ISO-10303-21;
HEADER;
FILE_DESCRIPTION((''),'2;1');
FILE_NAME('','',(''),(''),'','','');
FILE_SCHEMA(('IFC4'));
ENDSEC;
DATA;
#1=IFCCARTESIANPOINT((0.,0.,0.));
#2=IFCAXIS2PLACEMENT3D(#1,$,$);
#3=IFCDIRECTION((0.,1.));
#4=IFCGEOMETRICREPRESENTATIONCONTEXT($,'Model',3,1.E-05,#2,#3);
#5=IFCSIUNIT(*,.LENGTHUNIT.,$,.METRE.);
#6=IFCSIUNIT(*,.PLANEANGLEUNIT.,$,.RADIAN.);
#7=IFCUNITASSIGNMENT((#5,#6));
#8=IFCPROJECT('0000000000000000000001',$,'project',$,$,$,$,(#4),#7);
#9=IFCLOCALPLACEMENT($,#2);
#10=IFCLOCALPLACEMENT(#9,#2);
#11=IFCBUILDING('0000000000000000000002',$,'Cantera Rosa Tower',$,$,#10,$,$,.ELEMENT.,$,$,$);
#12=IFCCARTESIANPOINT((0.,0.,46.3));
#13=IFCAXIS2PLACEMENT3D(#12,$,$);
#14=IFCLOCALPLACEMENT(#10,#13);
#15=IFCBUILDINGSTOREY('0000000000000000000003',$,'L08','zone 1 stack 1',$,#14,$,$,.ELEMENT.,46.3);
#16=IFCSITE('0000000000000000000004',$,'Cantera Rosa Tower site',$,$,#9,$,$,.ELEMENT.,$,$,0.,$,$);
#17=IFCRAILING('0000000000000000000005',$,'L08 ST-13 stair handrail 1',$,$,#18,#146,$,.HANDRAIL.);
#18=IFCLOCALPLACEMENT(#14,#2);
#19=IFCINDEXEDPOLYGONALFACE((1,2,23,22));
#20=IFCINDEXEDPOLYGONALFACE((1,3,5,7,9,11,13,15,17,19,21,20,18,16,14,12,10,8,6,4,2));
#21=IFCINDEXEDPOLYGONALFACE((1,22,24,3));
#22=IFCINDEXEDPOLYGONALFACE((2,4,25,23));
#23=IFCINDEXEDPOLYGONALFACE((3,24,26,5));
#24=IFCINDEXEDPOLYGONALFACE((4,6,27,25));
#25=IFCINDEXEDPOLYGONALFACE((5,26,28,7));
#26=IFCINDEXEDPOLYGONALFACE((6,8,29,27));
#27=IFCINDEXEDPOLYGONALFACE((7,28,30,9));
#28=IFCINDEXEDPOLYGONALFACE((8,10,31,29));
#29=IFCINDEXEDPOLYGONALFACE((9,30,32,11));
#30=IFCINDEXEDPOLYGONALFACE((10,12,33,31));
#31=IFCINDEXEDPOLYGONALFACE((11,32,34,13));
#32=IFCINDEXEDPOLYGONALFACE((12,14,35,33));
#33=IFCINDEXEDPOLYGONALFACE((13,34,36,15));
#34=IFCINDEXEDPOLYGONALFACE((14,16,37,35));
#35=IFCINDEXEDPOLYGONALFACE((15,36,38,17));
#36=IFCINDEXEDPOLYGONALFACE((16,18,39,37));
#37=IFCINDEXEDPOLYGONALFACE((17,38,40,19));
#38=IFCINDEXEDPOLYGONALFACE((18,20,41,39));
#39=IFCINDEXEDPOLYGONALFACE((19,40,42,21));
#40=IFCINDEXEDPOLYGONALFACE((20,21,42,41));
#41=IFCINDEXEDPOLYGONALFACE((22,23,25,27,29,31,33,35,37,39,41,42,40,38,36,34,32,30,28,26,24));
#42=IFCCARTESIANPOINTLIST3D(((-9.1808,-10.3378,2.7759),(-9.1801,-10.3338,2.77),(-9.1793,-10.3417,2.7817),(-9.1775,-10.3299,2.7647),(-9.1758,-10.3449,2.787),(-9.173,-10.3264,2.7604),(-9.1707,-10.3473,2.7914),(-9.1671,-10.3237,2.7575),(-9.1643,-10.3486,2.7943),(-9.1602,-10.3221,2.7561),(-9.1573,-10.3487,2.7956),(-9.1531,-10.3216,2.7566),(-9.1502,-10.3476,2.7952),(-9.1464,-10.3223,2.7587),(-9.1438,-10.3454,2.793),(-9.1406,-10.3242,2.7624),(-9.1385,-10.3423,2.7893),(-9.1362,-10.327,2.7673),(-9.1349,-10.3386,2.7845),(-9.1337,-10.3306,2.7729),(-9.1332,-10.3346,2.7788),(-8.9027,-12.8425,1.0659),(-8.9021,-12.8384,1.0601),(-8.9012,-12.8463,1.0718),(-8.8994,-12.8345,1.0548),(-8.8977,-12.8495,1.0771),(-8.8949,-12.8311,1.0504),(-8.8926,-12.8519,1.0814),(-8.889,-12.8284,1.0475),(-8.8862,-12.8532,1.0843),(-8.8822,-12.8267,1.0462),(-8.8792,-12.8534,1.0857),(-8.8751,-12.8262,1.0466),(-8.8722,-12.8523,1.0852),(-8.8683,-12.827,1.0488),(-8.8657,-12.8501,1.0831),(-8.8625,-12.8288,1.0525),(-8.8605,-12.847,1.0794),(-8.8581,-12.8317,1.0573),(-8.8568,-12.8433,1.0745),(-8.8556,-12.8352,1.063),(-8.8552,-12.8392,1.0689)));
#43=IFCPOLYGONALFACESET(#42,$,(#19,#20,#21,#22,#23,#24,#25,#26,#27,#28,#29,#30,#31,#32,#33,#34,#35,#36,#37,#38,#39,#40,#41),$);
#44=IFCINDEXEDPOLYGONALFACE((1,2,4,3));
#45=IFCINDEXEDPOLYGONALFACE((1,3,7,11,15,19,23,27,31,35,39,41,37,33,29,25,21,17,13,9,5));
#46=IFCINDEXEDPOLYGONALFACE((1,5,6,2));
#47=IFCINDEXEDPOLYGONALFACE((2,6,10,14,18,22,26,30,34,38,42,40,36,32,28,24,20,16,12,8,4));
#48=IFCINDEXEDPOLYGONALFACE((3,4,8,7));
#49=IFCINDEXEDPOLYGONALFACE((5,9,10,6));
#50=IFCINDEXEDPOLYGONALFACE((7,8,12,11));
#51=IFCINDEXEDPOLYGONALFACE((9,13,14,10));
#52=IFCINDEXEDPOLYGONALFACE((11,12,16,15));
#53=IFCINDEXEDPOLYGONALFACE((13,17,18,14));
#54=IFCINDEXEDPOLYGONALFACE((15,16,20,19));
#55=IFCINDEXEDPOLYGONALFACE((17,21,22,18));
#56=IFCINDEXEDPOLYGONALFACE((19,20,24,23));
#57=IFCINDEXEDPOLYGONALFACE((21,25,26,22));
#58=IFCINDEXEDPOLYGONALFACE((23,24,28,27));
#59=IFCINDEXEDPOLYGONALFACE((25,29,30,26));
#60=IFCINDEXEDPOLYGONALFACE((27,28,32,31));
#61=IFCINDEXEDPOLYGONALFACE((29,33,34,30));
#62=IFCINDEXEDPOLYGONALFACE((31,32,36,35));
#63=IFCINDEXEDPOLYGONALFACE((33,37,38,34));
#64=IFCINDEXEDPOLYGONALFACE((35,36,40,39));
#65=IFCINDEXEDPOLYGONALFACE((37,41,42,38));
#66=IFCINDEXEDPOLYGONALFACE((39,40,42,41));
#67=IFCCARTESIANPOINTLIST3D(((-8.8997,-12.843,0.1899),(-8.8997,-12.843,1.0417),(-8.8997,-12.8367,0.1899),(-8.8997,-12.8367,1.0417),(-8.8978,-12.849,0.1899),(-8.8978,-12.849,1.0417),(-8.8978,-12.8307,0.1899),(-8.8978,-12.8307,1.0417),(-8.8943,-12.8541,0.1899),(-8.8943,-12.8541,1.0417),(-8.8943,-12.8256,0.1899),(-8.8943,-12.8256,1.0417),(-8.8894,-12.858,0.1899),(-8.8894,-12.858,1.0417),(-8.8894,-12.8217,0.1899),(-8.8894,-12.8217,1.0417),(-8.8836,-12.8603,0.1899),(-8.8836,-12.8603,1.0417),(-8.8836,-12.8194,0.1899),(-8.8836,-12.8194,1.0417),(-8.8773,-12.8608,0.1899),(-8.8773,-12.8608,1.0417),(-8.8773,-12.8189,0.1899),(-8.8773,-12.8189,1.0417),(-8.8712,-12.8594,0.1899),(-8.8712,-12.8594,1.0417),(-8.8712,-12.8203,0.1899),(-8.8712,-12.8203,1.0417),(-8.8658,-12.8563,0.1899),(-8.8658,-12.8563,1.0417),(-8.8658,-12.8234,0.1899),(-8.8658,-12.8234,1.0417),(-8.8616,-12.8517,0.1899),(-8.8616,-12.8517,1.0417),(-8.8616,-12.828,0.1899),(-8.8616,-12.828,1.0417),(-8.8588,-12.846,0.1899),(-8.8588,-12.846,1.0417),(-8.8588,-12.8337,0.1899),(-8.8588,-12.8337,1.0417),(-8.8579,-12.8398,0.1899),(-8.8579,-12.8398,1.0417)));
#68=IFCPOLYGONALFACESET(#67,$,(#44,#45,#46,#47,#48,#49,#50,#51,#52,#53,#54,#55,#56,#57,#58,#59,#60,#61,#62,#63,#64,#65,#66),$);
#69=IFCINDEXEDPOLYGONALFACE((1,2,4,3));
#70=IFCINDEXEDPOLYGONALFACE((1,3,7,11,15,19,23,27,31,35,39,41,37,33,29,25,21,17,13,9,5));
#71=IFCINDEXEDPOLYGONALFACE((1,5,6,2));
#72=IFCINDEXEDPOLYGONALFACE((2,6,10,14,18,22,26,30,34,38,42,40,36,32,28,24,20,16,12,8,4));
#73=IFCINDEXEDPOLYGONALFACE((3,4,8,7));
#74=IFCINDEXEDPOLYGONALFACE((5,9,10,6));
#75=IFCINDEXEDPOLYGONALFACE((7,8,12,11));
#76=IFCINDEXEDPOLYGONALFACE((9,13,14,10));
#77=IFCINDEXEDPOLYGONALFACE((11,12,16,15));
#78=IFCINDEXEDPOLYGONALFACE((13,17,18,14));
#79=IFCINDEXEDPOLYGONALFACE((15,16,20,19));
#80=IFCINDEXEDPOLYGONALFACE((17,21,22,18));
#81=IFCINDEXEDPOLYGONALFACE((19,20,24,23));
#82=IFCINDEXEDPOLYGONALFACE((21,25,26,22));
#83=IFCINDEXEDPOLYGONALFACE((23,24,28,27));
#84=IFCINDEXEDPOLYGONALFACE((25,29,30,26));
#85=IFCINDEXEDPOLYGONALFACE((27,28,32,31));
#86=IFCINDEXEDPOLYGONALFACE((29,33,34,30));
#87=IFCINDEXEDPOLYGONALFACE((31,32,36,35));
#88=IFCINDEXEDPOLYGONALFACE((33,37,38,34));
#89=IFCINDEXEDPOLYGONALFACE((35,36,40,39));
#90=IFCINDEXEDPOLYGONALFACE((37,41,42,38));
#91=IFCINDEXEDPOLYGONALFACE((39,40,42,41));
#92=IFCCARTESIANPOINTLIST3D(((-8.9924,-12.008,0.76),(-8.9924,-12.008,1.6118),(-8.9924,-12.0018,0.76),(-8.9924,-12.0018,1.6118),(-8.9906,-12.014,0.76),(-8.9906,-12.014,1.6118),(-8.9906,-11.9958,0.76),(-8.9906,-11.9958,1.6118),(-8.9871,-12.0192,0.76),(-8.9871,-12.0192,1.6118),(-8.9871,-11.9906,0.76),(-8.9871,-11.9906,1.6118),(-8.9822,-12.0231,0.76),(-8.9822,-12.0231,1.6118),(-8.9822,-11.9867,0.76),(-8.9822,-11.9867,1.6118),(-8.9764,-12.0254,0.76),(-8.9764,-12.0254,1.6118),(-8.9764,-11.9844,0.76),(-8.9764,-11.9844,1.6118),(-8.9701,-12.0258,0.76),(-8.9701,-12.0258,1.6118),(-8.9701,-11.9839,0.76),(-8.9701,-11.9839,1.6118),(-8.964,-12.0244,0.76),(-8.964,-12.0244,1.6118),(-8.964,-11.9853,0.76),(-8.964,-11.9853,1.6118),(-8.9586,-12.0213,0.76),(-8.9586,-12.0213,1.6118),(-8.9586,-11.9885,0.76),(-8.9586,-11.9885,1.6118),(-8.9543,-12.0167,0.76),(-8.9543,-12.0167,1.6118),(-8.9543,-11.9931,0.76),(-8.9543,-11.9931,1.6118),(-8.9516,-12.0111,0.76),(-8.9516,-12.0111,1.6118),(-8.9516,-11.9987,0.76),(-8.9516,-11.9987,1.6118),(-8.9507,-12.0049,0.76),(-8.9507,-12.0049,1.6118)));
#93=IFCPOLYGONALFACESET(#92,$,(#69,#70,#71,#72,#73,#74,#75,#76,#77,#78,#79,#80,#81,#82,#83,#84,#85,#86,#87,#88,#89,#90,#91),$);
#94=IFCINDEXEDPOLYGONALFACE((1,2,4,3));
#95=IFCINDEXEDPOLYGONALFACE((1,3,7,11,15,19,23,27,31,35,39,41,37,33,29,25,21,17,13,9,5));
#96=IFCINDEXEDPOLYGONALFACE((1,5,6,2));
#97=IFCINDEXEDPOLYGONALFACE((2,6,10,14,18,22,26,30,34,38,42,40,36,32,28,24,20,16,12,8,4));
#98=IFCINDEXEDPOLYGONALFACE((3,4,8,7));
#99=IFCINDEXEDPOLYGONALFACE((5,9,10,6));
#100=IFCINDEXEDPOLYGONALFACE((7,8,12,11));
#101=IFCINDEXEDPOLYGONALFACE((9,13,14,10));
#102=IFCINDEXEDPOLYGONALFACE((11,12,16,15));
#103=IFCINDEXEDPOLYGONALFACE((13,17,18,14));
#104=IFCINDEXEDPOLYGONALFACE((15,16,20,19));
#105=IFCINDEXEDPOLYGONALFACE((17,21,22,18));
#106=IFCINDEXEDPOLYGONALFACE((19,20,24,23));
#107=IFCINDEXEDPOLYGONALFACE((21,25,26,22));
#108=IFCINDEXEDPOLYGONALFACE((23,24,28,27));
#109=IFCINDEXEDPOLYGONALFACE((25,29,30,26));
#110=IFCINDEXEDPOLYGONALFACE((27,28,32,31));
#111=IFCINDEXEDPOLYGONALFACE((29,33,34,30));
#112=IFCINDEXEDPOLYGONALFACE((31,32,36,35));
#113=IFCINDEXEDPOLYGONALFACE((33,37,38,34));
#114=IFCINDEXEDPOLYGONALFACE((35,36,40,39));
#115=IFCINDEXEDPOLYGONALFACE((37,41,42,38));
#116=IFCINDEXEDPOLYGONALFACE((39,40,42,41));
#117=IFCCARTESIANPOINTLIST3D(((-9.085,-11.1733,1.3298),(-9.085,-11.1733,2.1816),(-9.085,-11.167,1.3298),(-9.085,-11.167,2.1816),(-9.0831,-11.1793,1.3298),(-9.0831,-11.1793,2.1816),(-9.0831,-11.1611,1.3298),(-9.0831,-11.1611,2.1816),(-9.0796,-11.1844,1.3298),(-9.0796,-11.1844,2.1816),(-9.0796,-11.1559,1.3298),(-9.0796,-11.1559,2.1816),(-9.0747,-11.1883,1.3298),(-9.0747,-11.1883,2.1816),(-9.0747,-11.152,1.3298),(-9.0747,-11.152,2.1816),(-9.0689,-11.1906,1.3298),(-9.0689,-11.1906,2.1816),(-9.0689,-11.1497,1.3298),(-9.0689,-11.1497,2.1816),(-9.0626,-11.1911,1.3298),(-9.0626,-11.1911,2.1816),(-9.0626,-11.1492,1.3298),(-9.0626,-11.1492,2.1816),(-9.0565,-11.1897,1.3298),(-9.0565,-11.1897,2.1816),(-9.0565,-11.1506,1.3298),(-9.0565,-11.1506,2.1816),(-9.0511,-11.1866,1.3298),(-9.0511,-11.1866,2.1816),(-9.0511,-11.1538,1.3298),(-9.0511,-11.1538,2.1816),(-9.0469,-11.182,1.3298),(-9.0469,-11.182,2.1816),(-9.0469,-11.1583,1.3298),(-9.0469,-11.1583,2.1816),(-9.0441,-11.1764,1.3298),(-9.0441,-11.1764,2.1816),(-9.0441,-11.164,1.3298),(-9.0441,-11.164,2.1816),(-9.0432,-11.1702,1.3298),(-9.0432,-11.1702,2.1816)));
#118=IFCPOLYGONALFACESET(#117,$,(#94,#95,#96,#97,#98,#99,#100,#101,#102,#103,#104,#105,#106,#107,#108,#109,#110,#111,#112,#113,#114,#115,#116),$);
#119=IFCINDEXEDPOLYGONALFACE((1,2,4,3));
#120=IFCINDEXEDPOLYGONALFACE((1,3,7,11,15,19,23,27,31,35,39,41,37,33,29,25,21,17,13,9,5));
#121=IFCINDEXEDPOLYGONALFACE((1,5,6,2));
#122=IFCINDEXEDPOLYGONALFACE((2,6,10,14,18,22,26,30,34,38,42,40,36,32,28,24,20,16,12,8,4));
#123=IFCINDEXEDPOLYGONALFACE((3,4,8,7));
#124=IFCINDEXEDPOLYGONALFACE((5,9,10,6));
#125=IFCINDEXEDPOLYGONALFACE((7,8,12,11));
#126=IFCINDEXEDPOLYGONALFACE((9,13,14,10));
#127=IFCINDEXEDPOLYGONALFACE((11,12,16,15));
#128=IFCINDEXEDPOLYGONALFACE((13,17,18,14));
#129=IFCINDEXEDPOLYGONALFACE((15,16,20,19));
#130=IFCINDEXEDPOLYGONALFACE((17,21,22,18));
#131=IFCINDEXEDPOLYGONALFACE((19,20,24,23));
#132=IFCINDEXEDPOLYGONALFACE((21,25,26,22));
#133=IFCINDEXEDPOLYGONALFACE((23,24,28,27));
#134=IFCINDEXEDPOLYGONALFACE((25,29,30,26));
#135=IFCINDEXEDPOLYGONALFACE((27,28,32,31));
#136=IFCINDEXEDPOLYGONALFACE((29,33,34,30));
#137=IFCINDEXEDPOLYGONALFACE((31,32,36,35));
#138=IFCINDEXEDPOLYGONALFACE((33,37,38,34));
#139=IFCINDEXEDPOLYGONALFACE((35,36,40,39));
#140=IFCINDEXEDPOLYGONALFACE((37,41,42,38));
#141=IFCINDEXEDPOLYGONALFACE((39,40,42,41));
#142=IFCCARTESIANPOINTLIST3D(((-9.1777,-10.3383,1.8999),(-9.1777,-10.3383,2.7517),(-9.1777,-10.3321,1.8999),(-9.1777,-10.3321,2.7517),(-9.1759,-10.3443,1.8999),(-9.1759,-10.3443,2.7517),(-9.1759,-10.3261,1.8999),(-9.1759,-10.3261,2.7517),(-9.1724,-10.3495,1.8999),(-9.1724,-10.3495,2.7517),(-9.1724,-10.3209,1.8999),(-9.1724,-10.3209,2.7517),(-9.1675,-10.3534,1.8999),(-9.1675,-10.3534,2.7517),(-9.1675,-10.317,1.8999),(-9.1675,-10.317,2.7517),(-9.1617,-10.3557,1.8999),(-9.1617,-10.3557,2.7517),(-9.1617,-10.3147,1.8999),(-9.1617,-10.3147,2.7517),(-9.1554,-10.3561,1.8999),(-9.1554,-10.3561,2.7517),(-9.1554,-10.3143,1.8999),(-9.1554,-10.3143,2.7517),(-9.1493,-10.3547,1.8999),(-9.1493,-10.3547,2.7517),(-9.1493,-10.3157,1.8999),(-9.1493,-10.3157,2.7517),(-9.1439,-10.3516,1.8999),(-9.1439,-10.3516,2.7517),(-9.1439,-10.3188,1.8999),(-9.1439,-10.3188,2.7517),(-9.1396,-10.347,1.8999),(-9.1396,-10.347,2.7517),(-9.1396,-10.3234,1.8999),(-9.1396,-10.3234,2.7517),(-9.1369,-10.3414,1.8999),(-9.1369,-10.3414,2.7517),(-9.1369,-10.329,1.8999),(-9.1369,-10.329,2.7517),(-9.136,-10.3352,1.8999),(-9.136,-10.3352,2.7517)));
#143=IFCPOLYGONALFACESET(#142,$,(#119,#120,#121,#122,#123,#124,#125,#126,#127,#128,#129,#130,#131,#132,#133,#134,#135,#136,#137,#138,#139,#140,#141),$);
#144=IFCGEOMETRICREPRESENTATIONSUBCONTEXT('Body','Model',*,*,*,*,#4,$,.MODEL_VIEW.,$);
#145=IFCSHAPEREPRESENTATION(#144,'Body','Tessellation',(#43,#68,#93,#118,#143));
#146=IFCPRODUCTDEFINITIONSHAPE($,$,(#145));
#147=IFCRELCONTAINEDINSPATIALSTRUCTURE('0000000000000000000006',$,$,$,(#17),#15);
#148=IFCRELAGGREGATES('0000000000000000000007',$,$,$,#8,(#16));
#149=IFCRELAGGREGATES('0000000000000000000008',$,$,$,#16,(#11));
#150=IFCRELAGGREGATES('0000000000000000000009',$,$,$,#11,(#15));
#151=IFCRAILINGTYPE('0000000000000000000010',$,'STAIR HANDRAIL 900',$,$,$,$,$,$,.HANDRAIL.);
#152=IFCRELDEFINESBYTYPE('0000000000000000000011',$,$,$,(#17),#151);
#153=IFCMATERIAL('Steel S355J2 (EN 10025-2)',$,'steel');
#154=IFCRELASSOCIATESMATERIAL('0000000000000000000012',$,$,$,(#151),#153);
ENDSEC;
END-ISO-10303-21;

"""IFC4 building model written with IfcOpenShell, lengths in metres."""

from ifc_helpers import new_model, si_unit, direction, frame, origin, origin_2d, place, context, subcontext, project, spatial, circle, extrude, material, type_object, element, save


model = new_model("IFC4")

# Units and contexts
model_context = context("Model", 3, precision=1e-05, world=origin(), true_north=direction((0.0, 1.0)))
body_context = subcontext(model_context, "Body", "Model", "MODEL_VIEW")
ifc_project = project(units=[si_unit("LENGTHUNIT", "METRE"), si_unit("PLANEANGLEUNIT", "RADIAN")], contexts=[model_context])

# Site, building, storey
site_placement = place(None, origin())
site = spatial("IfcSite", under=ifc_project, at=site_placement, Name="Cantera Rosa Tower site", CompositionType="ELEMENT", RefElevation=0.0)
building_placement = place(site_placement, origin())
building = spatial("IfcBuilding", under=site, at=building_placement, Name="Cantera Rosa Tower", CompositionType="ELEMENT")
storey_placement = place(building_placement, frame((0.0, 0.0, 46.3)))
storey = spatial("IfcBuildingStorey", under=building, at=storey_placement, Name="L08", Description="zone 1 stack 1", CompositionType="ELEMENT", Elevation=46.3)

# Railing
ifc_material_1 = material(Name="Steel S355J2 (EN 10025-2)", Category="steel")
railing_type_1 = type_object("IfcRailingType", Name="STAIR HANDRAIL 900", PredefinedType="HANDRAIL", material=ifc_material_1)
railing_1_placement = place(storey_placement, frame((-8.8789, -12.8398, 0.1899)))
element("IfcRailing", 1, at=railing_1_placement, inside=storey, type_object=railing_type_1, Name="L08 ST-13 stair handrail 1", PredefinedType="HANDRAIL", context=body_context, shape_type="SweptSolid", body=[
    extrude(circle(Radius=0.0239, at=origin_2d()), frame((0.0, 0.0, 0.876), z_axis=(-0.09131, 0.822431, 0.561488), x_axis=(-0.993893, -0.110346, 0.0)), (0.0, 0.0, 1.0), 3.0454),
    extrude(circle(Radius=0.021, at=origin_2d()), origin(), (0.0, 0.0, 1.0), 0.8518),
    extrude(circle(Radius=0.021, at=origin_2d()), frame((-0.0928, 0.835, 0.5701)), (0.0, 0.0, 1.0), 0.8518),
    extrude(circle(Radius=0.021, at=origin_2d()), frame((-0.1853, 1.6697, 1.1399)), (0.0, 0.0, 1.0), 0.8518),
    extrude(circle(Radius=0.021, at=origin_2d()), frame((-0.2781, 2.5046, 1.71)), (0.0, 0.0, 1.0), 0.8518),
])

save(model, "model.ifc")
